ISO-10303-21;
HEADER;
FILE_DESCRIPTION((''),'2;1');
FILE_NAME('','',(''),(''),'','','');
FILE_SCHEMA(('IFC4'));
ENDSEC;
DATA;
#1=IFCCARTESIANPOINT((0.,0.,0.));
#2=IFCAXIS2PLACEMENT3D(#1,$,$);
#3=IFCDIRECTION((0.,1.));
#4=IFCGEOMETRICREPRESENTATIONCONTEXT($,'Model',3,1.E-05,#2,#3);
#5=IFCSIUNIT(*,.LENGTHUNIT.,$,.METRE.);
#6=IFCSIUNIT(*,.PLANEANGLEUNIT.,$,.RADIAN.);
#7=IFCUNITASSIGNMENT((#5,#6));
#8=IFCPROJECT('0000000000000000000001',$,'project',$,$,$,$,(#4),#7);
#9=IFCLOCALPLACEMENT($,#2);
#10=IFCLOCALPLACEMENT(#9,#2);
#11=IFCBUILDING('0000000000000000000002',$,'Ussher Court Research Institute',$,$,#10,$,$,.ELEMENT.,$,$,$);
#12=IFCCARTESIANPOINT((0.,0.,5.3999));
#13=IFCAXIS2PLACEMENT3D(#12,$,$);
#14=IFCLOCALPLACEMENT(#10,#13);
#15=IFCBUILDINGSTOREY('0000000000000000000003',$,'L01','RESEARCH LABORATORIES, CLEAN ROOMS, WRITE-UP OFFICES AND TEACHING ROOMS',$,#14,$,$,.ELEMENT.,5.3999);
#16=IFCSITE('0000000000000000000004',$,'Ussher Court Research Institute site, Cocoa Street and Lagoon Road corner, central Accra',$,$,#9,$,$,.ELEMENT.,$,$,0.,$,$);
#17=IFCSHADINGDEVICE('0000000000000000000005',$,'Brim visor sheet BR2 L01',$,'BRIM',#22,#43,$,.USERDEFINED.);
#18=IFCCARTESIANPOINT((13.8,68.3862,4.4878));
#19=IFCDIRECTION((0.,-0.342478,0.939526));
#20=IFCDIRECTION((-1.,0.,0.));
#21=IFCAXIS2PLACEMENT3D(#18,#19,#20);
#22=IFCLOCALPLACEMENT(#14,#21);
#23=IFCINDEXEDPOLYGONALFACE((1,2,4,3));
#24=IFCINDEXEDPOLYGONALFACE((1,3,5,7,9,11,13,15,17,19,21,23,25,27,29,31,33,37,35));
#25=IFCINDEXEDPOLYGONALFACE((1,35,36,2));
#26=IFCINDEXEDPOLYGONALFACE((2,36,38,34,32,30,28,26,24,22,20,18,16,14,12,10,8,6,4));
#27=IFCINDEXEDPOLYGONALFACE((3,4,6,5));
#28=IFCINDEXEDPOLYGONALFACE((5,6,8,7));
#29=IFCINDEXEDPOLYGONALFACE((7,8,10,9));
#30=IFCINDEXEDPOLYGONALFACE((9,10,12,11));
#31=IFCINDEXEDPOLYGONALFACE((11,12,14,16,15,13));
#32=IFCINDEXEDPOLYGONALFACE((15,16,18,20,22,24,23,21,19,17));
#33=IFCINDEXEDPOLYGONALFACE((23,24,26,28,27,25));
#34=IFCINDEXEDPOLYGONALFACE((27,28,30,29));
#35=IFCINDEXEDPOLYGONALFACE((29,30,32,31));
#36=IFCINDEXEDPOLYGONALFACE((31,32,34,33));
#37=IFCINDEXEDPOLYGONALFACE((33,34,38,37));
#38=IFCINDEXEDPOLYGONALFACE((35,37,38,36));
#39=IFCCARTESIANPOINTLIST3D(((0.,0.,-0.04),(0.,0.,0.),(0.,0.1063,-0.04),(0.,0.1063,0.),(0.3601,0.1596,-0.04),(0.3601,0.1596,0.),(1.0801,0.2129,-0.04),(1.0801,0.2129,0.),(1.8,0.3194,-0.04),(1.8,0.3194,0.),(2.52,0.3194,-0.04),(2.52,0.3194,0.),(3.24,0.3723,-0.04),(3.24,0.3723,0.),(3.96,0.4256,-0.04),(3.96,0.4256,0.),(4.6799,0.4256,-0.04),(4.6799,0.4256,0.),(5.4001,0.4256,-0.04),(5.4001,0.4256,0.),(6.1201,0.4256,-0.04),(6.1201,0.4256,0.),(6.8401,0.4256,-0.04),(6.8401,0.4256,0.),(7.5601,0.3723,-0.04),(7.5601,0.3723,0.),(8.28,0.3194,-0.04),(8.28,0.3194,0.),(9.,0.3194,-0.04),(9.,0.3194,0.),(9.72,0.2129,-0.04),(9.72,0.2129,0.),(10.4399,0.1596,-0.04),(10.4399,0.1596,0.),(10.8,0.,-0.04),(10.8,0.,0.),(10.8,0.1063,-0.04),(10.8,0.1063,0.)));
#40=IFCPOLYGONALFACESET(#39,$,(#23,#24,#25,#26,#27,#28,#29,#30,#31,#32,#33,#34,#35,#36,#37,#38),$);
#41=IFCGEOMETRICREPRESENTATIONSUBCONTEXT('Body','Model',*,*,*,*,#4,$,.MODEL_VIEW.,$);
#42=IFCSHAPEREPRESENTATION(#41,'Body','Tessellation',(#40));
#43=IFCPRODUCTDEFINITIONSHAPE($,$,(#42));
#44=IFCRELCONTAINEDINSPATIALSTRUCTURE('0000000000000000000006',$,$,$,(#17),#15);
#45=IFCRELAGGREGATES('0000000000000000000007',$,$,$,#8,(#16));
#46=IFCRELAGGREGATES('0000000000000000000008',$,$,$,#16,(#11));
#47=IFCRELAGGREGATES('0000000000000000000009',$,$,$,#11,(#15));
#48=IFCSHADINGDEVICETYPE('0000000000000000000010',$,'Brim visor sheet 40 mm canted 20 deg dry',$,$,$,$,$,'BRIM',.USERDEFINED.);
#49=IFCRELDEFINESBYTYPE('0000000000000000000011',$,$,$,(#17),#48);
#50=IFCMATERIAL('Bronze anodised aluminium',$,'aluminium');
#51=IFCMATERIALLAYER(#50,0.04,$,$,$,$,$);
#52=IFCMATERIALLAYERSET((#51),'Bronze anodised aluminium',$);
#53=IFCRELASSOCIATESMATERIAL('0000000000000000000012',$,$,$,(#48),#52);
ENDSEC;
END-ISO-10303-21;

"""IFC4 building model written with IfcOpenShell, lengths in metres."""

from ifc_helpers import new_model, si_unit, direction, frame, origin, place, context, subcontext, project, spatial, polyline, outline, extrude, material, layer, layer_set, type_object, element, save


model = new_model("IFC4")

# Units and contexts
model_context = context("Model", 3, precision=1e-05, world=origin(), true_north=direction((0.0, 1.0)))
body_context = subcontext(model_context, "Body", "Model", "MODEL_VIEW")
ifc_project = project(units=[si_unit("LENGTHUNIT", "METRE"), si_unit("PLANEANGLEUNIT", "RADIAN")], contexts=[model_context])

# Site, building, storey
site_placement = place(None, origin())
site = spatial("IfcSite", under=ifc_project, at=site_placement, Name="Ussher Court Research Institute site, Cocoa Street and Lagoon Road corner, central Accra", CompositionType="ELEMENT", RefElevation=0.0)
building_placement = place(site_placement, origin())
building = spatial("IfcBuilding", under=site, at=building_placement, Name="Ussher Court Research Institute", CompositionType="ELEMENT")
storey_placement = place(building_placement, frame((0.0, 0.0, 5.3999)))
storey = spatial("IfcBuildingStorey", under=building, at=storey_placement, Name="L01", Description="RESEARCH LABORATORIES, CLEAN ROOMS, WRITE-UP OFFICES AND TEACHING ROOMS", CompositionType="ELEMENT", Elevation=5.3999)

# Shading device
ifc_material_1 = material(Name="Bronze anodised aluminium", Category="aluminium")
ifc_layer_1 = layer(ifc_material_1, 0.04)
ifc_layer_set_1 = layer_set([ifc_layer_1], Name="Bronze anodised aluminium")
shading_device_type_1 = type_object("IfcShadingDeviceType", Name="Brim visor sheet 40 mm canted 20 deg dry", ElementType="BRIM", PredefinedType="USERDEFINED", material=ifc_layer_set_1)
shading_device_1_placement = place(storey_placement, frame((13.8, 68.3862, 4.4878), z_axis=(0.0, -0.342478, 0.939526), x_axis=(-1.0, 0.0, 0.0)))
element("IfcShadingDevice", 1, at=shading_device_1_placement, inside=storey, type_object=shading_device_type_1, Name="Brim visor sheet BR2 L01", ObjectType="BRIM", PredefinedType="USERDEFINED", context=body_context, shape_type="SweptSolid", body=[
    extrude(outline(polyline([(0.0, 0.0), (10.8, 0.0), (10.8, 0.1063), (10.4399, 0.1596), (9.72, 0.2129), (9.0, 0.3194), (8.28, 0.3194), (7.5601, 0.3723), (6.8401, 0.4256), (6.1201, 0.4256), (5.4001, 0.4256), (4.6799, 0.4256), (3.96, 0.4256), (3.24, 0.3723), (2.52, 0.3194), (1.8, 0.3194), (1.0801, 0.2129), (0.3601, 0.1596), (0.0, 0.1063), (0.0, 0.0)])), origin(), (0.0, 0.0, -1.0), 0.04),
])

save(model, "model.ifc")
